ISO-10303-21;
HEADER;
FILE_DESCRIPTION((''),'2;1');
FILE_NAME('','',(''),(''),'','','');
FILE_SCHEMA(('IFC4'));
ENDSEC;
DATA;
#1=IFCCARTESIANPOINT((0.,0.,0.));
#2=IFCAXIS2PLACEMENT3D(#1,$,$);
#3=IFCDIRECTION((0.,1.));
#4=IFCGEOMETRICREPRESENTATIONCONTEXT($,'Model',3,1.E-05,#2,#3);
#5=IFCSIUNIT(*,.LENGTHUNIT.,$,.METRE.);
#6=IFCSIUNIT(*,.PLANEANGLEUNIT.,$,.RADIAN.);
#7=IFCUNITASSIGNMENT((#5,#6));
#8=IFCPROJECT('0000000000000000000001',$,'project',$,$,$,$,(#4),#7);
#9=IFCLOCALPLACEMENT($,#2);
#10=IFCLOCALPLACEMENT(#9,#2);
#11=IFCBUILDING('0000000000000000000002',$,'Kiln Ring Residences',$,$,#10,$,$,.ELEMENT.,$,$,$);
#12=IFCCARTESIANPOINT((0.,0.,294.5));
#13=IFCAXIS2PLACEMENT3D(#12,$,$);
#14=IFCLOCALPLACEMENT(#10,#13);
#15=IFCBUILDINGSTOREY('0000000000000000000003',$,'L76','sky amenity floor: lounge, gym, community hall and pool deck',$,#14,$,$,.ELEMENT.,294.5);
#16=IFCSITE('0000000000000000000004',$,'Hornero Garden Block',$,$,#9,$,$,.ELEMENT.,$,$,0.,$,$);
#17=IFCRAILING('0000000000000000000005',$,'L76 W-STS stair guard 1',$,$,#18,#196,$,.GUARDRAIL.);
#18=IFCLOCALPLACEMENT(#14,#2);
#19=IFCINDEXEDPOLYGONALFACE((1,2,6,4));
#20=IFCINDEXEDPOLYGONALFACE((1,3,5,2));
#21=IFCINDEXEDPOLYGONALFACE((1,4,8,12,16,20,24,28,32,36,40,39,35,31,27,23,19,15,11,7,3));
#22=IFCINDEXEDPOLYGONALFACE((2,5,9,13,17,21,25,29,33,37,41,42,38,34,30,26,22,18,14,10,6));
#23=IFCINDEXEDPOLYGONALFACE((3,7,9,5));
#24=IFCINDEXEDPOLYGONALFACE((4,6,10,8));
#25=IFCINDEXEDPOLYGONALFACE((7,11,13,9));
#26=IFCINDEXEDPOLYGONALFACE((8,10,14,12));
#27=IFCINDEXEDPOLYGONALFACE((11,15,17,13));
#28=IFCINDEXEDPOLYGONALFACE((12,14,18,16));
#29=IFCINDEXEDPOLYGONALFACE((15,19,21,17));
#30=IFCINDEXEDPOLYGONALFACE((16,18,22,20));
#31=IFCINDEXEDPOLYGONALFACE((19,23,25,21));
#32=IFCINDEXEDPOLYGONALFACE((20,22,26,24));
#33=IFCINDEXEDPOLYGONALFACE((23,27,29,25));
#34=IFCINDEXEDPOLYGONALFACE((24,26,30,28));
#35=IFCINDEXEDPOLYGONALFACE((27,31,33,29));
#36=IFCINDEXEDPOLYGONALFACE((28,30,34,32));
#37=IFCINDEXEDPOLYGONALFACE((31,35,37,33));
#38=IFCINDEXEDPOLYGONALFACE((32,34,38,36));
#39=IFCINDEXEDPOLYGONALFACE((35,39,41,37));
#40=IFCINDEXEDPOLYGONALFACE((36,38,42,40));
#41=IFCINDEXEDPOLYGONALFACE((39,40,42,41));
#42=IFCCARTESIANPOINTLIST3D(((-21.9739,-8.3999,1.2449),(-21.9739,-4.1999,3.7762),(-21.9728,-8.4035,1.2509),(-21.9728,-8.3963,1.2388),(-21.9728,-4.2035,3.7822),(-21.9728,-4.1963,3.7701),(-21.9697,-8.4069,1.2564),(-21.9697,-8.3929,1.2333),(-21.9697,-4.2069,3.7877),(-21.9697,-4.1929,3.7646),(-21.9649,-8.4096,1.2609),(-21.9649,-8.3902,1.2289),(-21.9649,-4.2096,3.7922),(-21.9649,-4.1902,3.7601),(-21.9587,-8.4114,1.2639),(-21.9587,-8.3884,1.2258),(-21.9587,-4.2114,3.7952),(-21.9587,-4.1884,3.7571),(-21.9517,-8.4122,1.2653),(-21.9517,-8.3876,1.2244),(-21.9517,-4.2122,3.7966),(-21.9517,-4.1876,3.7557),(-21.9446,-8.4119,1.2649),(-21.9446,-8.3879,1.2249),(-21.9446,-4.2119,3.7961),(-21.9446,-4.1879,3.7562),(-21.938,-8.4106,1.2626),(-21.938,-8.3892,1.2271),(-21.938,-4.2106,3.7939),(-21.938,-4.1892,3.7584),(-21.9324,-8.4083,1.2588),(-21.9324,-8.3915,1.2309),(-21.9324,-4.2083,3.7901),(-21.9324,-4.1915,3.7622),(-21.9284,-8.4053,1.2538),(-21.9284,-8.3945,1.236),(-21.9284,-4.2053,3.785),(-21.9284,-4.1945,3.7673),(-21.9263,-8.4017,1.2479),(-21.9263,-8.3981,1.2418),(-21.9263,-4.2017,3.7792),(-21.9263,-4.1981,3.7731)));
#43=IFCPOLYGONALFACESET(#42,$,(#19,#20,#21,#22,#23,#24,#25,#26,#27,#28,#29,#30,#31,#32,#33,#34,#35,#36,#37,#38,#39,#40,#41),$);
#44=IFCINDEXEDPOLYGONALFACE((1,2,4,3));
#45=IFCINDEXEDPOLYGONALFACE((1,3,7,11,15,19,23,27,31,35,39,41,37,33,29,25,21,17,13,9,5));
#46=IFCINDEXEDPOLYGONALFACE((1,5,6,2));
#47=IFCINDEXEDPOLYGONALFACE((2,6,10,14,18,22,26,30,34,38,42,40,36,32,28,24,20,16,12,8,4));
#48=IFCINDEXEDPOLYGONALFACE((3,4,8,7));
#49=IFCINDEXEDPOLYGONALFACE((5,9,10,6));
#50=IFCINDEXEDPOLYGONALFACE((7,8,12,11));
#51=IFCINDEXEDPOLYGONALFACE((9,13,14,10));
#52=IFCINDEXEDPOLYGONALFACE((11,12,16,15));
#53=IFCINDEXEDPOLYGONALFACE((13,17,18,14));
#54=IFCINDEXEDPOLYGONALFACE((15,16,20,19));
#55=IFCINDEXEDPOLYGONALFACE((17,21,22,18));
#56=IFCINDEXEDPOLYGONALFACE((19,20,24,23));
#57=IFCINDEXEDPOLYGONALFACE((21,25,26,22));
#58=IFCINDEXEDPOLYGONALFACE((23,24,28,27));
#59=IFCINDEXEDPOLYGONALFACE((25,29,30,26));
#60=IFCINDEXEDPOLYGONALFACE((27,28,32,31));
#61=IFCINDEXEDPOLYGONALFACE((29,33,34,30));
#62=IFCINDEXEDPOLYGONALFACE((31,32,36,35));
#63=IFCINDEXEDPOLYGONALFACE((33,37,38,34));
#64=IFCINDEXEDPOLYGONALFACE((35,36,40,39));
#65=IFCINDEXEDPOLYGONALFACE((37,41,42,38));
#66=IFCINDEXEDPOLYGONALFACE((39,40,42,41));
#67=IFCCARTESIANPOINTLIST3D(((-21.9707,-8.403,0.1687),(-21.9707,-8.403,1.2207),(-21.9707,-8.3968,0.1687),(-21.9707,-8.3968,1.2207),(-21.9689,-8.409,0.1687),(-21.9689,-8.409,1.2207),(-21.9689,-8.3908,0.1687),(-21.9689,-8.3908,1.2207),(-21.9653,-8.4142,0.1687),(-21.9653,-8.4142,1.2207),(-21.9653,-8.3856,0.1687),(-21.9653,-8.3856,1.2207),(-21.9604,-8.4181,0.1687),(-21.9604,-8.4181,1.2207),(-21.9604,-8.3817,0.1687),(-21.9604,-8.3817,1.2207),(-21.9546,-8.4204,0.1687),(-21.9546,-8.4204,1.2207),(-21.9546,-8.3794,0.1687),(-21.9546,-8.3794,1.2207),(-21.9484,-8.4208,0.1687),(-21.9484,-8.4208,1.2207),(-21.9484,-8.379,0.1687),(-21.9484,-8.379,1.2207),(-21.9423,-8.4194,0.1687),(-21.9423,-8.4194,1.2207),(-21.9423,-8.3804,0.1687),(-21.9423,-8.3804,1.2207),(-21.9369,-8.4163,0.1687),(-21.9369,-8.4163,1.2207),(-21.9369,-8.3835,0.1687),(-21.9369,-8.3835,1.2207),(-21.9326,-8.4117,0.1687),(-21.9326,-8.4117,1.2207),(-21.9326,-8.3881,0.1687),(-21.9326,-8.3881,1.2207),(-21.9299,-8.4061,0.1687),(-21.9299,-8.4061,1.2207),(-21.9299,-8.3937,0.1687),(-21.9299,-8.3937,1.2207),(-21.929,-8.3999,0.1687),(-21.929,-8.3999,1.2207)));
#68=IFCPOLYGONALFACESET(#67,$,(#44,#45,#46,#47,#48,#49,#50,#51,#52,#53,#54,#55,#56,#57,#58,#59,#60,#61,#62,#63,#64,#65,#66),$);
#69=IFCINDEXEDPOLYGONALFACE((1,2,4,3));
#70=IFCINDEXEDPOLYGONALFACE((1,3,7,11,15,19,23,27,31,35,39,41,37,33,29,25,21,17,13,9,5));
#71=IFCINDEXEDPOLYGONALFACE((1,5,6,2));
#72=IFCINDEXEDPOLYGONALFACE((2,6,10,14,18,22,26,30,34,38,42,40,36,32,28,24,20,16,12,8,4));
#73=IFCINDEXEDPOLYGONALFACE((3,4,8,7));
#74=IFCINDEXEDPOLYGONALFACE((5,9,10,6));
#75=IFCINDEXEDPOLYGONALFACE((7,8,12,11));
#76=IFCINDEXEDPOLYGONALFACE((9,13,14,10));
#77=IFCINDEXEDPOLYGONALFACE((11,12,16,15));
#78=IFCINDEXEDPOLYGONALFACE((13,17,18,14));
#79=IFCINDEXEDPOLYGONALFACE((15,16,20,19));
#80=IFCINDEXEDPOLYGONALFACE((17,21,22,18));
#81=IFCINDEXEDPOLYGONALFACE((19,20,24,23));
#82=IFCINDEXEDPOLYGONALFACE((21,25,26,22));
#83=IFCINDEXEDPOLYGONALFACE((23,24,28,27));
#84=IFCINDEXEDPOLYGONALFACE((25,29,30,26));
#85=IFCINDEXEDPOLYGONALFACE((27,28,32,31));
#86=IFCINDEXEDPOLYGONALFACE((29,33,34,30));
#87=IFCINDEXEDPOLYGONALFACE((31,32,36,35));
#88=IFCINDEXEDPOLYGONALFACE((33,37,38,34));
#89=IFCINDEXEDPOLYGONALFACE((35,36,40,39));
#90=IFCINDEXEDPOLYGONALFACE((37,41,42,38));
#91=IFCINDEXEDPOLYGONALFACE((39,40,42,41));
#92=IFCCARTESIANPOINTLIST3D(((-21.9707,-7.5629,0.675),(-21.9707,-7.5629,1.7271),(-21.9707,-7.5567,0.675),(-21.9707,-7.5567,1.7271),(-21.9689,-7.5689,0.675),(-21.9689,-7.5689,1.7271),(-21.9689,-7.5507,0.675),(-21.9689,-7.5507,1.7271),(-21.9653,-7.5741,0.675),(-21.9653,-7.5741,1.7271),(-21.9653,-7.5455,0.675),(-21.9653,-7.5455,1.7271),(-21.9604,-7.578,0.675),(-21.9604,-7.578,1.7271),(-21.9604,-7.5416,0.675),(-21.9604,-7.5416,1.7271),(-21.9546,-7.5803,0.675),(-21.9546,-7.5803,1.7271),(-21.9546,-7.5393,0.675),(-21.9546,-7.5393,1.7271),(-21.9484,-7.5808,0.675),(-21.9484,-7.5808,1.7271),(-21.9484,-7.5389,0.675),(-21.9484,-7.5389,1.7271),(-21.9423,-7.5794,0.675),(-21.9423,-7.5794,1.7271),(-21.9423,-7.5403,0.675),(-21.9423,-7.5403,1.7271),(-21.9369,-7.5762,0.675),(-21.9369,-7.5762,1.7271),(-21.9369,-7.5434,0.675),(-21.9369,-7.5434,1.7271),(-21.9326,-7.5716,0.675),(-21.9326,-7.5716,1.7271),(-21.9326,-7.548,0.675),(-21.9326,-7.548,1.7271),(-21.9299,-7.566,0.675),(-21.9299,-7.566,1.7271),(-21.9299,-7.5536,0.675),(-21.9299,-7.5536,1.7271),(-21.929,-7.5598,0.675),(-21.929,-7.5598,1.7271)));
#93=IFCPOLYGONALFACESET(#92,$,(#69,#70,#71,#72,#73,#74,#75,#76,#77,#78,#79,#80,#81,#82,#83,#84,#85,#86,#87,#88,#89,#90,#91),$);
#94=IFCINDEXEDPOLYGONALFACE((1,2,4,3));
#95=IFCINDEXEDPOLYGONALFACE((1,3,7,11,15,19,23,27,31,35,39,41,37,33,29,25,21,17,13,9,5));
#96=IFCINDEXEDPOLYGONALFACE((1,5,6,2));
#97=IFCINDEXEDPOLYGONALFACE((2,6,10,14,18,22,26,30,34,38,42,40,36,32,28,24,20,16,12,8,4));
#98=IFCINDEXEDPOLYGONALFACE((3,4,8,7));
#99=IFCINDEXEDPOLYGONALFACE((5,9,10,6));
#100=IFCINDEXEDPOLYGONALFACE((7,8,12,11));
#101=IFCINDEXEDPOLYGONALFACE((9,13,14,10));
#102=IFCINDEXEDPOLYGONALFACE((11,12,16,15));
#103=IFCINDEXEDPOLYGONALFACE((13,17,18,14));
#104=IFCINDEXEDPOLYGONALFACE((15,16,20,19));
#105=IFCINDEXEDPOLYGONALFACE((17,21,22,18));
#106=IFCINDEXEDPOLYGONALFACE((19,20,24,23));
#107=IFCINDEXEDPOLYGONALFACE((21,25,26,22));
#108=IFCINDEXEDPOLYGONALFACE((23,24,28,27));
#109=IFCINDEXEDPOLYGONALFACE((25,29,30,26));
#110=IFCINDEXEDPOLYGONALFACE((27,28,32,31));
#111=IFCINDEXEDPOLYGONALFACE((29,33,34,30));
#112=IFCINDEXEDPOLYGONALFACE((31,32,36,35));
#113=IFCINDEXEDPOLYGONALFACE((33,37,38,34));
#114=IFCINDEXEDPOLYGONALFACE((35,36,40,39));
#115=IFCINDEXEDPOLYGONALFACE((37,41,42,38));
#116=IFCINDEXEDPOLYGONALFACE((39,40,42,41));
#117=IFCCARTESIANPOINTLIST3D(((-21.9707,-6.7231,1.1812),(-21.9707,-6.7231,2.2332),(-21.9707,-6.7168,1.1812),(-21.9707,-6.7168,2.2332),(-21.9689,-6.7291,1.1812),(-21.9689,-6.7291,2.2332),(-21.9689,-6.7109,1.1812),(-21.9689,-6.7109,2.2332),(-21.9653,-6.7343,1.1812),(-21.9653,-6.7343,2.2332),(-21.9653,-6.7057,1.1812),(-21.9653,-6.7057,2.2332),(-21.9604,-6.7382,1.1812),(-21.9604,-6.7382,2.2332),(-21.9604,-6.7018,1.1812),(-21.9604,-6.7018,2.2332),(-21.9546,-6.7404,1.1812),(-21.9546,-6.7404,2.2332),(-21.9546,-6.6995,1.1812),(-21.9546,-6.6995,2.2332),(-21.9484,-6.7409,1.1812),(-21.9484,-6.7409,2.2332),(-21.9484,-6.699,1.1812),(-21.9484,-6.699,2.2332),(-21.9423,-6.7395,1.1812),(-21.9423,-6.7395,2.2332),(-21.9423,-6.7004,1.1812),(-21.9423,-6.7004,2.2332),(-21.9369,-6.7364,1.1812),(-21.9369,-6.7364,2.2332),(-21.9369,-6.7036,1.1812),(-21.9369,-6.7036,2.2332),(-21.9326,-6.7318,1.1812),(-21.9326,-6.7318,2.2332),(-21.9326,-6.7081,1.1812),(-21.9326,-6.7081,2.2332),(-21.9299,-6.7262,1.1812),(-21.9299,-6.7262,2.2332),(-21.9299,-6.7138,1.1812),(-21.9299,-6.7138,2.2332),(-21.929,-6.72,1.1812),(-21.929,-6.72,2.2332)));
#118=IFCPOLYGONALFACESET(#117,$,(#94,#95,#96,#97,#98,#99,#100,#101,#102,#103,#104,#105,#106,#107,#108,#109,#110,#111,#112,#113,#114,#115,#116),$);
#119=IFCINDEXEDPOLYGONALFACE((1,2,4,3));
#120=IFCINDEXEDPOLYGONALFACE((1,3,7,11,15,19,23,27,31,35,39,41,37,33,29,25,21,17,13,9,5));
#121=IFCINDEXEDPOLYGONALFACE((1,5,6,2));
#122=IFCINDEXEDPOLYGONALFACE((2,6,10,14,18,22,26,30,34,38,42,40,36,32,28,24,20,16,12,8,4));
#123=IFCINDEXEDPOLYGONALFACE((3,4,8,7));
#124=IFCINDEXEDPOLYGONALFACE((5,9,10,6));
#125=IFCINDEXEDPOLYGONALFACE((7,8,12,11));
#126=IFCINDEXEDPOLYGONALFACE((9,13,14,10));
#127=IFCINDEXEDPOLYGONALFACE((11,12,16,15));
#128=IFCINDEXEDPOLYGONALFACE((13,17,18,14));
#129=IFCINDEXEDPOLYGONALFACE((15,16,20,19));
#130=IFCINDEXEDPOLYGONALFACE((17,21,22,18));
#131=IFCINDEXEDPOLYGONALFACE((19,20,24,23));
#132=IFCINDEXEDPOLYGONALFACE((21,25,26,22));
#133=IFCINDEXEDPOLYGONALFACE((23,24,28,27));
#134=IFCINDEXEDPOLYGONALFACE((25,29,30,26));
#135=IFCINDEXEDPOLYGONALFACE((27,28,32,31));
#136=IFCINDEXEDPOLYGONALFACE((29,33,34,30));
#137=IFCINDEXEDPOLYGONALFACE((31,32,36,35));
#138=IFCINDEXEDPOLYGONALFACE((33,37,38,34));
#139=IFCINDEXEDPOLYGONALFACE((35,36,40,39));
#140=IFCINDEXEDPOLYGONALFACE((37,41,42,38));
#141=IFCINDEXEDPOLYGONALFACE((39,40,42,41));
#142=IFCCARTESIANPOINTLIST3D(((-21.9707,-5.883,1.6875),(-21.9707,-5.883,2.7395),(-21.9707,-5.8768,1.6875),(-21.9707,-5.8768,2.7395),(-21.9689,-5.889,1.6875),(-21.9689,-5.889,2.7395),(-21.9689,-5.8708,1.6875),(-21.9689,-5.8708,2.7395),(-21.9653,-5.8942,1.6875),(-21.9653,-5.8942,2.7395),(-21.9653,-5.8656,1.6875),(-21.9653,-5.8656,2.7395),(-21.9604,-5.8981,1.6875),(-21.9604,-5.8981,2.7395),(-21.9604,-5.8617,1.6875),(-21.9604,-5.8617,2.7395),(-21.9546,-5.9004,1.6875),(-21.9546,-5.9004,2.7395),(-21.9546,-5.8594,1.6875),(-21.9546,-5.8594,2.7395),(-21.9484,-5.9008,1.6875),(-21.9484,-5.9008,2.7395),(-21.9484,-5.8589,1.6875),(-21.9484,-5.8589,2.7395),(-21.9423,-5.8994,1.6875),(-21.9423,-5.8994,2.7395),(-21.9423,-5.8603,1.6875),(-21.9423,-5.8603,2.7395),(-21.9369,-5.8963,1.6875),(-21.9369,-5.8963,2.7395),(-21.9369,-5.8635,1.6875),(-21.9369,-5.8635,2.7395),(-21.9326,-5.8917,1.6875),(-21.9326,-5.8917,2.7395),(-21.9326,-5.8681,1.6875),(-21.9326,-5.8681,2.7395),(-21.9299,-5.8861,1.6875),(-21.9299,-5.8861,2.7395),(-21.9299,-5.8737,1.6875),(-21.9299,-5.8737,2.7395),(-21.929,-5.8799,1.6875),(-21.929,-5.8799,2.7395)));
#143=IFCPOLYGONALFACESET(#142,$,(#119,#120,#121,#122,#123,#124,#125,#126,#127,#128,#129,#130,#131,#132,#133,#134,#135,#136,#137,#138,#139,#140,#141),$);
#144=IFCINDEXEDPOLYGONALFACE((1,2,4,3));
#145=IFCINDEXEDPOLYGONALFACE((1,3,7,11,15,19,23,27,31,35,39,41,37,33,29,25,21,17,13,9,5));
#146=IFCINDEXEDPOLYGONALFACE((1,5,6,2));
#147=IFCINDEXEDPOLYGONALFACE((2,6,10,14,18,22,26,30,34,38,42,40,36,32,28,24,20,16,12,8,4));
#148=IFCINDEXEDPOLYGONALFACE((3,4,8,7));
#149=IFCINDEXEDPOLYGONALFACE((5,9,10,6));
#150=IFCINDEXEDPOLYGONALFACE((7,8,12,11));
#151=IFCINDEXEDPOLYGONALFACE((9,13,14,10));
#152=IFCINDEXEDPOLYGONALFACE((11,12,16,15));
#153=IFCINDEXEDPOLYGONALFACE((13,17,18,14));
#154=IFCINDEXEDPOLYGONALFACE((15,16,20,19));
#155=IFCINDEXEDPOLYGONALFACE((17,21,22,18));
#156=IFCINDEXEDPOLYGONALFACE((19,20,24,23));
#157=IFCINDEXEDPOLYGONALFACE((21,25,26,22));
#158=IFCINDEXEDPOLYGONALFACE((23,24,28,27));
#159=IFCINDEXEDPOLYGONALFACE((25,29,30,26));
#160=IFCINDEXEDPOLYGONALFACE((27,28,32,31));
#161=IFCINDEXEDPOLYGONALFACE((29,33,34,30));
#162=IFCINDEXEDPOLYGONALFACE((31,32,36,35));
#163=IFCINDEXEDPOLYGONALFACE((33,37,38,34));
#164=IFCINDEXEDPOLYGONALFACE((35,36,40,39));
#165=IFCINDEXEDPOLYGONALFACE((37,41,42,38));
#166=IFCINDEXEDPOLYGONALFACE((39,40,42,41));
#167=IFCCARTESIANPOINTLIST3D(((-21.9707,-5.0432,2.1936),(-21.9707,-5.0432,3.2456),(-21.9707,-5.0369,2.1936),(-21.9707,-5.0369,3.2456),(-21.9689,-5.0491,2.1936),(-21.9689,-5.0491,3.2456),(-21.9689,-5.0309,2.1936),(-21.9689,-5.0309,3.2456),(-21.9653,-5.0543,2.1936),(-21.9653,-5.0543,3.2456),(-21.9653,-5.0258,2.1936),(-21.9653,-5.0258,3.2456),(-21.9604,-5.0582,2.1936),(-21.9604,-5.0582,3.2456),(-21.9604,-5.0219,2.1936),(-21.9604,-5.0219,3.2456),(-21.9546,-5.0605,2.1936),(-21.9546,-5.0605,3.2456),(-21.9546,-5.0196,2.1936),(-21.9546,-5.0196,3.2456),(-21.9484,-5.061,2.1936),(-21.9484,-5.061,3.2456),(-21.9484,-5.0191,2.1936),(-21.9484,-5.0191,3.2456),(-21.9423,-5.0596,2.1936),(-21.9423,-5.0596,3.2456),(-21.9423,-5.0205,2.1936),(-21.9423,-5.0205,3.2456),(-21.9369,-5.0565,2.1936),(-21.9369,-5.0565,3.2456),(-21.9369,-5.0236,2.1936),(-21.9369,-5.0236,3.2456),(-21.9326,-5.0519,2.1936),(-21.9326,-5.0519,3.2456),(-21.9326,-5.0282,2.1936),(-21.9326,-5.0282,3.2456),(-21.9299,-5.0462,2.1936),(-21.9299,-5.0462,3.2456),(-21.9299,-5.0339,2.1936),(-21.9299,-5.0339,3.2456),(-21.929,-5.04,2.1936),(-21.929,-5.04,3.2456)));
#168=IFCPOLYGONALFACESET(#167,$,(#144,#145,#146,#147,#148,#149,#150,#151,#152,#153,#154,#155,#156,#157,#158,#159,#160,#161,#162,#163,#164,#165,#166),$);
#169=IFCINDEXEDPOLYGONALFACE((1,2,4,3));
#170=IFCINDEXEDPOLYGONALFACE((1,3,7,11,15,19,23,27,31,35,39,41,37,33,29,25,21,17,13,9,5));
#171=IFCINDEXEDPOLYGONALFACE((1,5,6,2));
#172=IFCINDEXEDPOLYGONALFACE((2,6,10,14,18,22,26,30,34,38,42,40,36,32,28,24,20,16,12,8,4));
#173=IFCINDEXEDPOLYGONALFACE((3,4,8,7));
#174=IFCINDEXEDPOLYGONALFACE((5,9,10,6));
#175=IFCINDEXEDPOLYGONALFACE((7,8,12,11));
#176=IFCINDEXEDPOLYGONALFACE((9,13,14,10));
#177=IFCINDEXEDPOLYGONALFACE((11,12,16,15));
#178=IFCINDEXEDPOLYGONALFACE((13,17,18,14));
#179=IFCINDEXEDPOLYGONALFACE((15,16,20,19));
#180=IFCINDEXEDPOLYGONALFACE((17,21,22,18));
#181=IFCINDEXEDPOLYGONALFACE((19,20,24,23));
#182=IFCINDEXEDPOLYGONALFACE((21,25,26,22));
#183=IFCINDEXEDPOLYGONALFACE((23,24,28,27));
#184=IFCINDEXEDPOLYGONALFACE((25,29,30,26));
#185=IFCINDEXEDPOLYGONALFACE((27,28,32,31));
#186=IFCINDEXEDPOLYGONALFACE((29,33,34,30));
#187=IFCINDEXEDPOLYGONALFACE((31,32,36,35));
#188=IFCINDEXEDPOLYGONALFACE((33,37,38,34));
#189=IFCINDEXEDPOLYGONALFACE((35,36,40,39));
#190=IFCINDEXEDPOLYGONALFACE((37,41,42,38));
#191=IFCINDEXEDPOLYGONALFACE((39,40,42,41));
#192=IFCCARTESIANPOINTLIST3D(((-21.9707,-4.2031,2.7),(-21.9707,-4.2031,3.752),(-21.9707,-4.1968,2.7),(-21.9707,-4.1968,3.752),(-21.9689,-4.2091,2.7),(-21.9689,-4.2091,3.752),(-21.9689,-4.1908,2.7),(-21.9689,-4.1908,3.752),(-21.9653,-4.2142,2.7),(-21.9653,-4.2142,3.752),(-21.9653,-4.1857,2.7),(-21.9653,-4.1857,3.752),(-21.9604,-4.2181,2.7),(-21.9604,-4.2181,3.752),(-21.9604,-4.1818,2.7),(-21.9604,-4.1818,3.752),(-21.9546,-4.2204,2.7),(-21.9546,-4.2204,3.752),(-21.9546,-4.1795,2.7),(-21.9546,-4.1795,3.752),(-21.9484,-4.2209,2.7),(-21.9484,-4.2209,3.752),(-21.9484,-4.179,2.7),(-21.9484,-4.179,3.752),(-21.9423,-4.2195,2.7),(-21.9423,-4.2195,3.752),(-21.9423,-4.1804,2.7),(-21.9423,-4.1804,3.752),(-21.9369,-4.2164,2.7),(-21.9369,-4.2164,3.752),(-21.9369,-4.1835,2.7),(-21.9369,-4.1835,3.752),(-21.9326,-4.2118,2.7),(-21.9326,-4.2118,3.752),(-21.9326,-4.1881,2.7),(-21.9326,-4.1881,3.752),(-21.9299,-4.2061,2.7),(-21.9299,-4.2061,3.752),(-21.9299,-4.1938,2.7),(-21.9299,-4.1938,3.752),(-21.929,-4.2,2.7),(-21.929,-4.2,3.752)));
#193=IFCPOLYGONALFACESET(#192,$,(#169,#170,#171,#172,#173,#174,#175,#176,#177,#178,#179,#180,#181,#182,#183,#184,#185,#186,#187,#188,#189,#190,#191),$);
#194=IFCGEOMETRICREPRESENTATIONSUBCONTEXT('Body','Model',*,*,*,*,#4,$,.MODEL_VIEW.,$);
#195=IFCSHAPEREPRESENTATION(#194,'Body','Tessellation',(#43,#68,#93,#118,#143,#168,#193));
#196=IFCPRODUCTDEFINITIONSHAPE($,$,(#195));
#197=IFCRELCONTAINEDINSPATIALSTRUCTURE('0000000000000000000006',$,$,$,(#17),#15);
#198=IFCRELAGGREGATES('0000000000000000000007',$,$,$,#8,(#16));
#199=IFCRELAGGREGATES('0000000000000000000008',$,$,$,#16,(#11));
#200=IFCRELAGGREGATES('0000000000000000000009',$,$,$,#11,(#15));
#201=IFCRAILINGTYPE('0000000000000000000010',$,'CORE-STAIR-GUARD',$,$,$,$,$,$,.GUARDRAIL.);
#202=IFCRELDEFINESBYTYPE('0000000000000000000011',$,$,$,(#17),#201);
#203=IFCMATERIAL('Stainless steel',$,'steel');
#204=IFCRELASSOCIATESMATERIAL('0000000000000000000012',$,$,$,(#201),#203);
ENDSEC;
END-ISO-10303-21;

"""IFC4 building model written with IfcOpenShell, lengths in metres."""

from ifc_helpers import new_model, si_unit, direction, frame, origin, origin_2d, place, context, subcontext, project, spatial, circle, extrude, material, type_object, element, save


model = new_model("IFC4")

# Units and contexts
model_context = context("Model", 3, precision=1e-05, world=origin(), true_north=direction((0.0, 1.0)))
body_context = subcontext(model_context, "Body", "Model", "MODEL_VIEW")
ifc_project = project(units=[si_unit("LENGTHUNIT", "METRE"), si_unit("PLANEANGLEUNIT", "RADIAN")], contexts=[model_context])

# Site, building, storey
site_placement = place(None, origin())
site = spatial("IfcSite", under=ifc_project, at=site_placement, Name="Hornero Garden Block", CompositionType="ELEMENT", RefElevation=0.0)
building_placement = place(site_placement, origin())
building = spatial("IfcBuilding", under=site, at=building_placement, Name="Kiln Ring Residences", CompositionType="ELEMENT")
storey_placement = place(building_placement, frame((0.0, 0.0, 294.5)))
storey = spatial("IfcBuildingStorey", under=building, at=storey_placement, Name="L76", Description="sky amenity floor: lounge, gym, community hall and pool deck", CompositionType="ELEMENT", Elevation=294.5)

# Railing
ifc_material_1 = material(Name="Stainless steel", Category="steel")
railing_type_1 = type_object("IfcRailingType", Name="CORE-STAIR-GUARD", PredefinedType="GUARDRAIL", material=ifc_material_1)
railing_1_placement = place(storey_placement, frame((-21.95, -8.3999, 0.1687)))
element("IfcRailing", 1, at=railing_1_placement, inside=storey, type_object=railing_type_1, Name="L76 W-STS stair guard 1", PredefinedType="GUARDRAIL", context=body_context, shape_type="SweptSolid", body=[
    extrude(circle(Radius=0.0239, at=origin_2d()), frame((0.0, 0.0, 1.0762), z_axis=(0.0, 0.856476, 0.516186), x_axis=(-1.0, 0.0, 0.0)), (0.0, 0.0, 1.0), 4.9038),
    extrude(circle(Radius=0.021, at=origin_2d()), origin(), (0.0, 0.0, 1.0), 1.052),
    extrude(circle(Radius=0.021, at=origin_2d()), frame((0.0, 0.8401, 0.5063)), (0.0, 0.0, 1.0), 1.052),
    extrude(circle(Radius=0.021, at=origin_2d()), frame((0.0, 1.6799, 1.0125)), (0.0, 0.0, 1.0), 1.052),
    extrude(circle(Radius=0.021, at=origin_2d()), frame((0.0, 2.52, 1.5188)), (0.0, 0.0, 1.0), 1.052),
    extrude(circle(Radius=0.021, at=origin_2d()), frame((0.0, 3.3599, 2.0249)), (0.0, 0.0, 1.0), 1.052),
    extrude(circle(Radius=0.021, at=origin_2d()), frame((0.0, 4.2, 2.5312)), (0.0, 0.0, 1.0), 1.052),
])

save(model, "model.ifc")
